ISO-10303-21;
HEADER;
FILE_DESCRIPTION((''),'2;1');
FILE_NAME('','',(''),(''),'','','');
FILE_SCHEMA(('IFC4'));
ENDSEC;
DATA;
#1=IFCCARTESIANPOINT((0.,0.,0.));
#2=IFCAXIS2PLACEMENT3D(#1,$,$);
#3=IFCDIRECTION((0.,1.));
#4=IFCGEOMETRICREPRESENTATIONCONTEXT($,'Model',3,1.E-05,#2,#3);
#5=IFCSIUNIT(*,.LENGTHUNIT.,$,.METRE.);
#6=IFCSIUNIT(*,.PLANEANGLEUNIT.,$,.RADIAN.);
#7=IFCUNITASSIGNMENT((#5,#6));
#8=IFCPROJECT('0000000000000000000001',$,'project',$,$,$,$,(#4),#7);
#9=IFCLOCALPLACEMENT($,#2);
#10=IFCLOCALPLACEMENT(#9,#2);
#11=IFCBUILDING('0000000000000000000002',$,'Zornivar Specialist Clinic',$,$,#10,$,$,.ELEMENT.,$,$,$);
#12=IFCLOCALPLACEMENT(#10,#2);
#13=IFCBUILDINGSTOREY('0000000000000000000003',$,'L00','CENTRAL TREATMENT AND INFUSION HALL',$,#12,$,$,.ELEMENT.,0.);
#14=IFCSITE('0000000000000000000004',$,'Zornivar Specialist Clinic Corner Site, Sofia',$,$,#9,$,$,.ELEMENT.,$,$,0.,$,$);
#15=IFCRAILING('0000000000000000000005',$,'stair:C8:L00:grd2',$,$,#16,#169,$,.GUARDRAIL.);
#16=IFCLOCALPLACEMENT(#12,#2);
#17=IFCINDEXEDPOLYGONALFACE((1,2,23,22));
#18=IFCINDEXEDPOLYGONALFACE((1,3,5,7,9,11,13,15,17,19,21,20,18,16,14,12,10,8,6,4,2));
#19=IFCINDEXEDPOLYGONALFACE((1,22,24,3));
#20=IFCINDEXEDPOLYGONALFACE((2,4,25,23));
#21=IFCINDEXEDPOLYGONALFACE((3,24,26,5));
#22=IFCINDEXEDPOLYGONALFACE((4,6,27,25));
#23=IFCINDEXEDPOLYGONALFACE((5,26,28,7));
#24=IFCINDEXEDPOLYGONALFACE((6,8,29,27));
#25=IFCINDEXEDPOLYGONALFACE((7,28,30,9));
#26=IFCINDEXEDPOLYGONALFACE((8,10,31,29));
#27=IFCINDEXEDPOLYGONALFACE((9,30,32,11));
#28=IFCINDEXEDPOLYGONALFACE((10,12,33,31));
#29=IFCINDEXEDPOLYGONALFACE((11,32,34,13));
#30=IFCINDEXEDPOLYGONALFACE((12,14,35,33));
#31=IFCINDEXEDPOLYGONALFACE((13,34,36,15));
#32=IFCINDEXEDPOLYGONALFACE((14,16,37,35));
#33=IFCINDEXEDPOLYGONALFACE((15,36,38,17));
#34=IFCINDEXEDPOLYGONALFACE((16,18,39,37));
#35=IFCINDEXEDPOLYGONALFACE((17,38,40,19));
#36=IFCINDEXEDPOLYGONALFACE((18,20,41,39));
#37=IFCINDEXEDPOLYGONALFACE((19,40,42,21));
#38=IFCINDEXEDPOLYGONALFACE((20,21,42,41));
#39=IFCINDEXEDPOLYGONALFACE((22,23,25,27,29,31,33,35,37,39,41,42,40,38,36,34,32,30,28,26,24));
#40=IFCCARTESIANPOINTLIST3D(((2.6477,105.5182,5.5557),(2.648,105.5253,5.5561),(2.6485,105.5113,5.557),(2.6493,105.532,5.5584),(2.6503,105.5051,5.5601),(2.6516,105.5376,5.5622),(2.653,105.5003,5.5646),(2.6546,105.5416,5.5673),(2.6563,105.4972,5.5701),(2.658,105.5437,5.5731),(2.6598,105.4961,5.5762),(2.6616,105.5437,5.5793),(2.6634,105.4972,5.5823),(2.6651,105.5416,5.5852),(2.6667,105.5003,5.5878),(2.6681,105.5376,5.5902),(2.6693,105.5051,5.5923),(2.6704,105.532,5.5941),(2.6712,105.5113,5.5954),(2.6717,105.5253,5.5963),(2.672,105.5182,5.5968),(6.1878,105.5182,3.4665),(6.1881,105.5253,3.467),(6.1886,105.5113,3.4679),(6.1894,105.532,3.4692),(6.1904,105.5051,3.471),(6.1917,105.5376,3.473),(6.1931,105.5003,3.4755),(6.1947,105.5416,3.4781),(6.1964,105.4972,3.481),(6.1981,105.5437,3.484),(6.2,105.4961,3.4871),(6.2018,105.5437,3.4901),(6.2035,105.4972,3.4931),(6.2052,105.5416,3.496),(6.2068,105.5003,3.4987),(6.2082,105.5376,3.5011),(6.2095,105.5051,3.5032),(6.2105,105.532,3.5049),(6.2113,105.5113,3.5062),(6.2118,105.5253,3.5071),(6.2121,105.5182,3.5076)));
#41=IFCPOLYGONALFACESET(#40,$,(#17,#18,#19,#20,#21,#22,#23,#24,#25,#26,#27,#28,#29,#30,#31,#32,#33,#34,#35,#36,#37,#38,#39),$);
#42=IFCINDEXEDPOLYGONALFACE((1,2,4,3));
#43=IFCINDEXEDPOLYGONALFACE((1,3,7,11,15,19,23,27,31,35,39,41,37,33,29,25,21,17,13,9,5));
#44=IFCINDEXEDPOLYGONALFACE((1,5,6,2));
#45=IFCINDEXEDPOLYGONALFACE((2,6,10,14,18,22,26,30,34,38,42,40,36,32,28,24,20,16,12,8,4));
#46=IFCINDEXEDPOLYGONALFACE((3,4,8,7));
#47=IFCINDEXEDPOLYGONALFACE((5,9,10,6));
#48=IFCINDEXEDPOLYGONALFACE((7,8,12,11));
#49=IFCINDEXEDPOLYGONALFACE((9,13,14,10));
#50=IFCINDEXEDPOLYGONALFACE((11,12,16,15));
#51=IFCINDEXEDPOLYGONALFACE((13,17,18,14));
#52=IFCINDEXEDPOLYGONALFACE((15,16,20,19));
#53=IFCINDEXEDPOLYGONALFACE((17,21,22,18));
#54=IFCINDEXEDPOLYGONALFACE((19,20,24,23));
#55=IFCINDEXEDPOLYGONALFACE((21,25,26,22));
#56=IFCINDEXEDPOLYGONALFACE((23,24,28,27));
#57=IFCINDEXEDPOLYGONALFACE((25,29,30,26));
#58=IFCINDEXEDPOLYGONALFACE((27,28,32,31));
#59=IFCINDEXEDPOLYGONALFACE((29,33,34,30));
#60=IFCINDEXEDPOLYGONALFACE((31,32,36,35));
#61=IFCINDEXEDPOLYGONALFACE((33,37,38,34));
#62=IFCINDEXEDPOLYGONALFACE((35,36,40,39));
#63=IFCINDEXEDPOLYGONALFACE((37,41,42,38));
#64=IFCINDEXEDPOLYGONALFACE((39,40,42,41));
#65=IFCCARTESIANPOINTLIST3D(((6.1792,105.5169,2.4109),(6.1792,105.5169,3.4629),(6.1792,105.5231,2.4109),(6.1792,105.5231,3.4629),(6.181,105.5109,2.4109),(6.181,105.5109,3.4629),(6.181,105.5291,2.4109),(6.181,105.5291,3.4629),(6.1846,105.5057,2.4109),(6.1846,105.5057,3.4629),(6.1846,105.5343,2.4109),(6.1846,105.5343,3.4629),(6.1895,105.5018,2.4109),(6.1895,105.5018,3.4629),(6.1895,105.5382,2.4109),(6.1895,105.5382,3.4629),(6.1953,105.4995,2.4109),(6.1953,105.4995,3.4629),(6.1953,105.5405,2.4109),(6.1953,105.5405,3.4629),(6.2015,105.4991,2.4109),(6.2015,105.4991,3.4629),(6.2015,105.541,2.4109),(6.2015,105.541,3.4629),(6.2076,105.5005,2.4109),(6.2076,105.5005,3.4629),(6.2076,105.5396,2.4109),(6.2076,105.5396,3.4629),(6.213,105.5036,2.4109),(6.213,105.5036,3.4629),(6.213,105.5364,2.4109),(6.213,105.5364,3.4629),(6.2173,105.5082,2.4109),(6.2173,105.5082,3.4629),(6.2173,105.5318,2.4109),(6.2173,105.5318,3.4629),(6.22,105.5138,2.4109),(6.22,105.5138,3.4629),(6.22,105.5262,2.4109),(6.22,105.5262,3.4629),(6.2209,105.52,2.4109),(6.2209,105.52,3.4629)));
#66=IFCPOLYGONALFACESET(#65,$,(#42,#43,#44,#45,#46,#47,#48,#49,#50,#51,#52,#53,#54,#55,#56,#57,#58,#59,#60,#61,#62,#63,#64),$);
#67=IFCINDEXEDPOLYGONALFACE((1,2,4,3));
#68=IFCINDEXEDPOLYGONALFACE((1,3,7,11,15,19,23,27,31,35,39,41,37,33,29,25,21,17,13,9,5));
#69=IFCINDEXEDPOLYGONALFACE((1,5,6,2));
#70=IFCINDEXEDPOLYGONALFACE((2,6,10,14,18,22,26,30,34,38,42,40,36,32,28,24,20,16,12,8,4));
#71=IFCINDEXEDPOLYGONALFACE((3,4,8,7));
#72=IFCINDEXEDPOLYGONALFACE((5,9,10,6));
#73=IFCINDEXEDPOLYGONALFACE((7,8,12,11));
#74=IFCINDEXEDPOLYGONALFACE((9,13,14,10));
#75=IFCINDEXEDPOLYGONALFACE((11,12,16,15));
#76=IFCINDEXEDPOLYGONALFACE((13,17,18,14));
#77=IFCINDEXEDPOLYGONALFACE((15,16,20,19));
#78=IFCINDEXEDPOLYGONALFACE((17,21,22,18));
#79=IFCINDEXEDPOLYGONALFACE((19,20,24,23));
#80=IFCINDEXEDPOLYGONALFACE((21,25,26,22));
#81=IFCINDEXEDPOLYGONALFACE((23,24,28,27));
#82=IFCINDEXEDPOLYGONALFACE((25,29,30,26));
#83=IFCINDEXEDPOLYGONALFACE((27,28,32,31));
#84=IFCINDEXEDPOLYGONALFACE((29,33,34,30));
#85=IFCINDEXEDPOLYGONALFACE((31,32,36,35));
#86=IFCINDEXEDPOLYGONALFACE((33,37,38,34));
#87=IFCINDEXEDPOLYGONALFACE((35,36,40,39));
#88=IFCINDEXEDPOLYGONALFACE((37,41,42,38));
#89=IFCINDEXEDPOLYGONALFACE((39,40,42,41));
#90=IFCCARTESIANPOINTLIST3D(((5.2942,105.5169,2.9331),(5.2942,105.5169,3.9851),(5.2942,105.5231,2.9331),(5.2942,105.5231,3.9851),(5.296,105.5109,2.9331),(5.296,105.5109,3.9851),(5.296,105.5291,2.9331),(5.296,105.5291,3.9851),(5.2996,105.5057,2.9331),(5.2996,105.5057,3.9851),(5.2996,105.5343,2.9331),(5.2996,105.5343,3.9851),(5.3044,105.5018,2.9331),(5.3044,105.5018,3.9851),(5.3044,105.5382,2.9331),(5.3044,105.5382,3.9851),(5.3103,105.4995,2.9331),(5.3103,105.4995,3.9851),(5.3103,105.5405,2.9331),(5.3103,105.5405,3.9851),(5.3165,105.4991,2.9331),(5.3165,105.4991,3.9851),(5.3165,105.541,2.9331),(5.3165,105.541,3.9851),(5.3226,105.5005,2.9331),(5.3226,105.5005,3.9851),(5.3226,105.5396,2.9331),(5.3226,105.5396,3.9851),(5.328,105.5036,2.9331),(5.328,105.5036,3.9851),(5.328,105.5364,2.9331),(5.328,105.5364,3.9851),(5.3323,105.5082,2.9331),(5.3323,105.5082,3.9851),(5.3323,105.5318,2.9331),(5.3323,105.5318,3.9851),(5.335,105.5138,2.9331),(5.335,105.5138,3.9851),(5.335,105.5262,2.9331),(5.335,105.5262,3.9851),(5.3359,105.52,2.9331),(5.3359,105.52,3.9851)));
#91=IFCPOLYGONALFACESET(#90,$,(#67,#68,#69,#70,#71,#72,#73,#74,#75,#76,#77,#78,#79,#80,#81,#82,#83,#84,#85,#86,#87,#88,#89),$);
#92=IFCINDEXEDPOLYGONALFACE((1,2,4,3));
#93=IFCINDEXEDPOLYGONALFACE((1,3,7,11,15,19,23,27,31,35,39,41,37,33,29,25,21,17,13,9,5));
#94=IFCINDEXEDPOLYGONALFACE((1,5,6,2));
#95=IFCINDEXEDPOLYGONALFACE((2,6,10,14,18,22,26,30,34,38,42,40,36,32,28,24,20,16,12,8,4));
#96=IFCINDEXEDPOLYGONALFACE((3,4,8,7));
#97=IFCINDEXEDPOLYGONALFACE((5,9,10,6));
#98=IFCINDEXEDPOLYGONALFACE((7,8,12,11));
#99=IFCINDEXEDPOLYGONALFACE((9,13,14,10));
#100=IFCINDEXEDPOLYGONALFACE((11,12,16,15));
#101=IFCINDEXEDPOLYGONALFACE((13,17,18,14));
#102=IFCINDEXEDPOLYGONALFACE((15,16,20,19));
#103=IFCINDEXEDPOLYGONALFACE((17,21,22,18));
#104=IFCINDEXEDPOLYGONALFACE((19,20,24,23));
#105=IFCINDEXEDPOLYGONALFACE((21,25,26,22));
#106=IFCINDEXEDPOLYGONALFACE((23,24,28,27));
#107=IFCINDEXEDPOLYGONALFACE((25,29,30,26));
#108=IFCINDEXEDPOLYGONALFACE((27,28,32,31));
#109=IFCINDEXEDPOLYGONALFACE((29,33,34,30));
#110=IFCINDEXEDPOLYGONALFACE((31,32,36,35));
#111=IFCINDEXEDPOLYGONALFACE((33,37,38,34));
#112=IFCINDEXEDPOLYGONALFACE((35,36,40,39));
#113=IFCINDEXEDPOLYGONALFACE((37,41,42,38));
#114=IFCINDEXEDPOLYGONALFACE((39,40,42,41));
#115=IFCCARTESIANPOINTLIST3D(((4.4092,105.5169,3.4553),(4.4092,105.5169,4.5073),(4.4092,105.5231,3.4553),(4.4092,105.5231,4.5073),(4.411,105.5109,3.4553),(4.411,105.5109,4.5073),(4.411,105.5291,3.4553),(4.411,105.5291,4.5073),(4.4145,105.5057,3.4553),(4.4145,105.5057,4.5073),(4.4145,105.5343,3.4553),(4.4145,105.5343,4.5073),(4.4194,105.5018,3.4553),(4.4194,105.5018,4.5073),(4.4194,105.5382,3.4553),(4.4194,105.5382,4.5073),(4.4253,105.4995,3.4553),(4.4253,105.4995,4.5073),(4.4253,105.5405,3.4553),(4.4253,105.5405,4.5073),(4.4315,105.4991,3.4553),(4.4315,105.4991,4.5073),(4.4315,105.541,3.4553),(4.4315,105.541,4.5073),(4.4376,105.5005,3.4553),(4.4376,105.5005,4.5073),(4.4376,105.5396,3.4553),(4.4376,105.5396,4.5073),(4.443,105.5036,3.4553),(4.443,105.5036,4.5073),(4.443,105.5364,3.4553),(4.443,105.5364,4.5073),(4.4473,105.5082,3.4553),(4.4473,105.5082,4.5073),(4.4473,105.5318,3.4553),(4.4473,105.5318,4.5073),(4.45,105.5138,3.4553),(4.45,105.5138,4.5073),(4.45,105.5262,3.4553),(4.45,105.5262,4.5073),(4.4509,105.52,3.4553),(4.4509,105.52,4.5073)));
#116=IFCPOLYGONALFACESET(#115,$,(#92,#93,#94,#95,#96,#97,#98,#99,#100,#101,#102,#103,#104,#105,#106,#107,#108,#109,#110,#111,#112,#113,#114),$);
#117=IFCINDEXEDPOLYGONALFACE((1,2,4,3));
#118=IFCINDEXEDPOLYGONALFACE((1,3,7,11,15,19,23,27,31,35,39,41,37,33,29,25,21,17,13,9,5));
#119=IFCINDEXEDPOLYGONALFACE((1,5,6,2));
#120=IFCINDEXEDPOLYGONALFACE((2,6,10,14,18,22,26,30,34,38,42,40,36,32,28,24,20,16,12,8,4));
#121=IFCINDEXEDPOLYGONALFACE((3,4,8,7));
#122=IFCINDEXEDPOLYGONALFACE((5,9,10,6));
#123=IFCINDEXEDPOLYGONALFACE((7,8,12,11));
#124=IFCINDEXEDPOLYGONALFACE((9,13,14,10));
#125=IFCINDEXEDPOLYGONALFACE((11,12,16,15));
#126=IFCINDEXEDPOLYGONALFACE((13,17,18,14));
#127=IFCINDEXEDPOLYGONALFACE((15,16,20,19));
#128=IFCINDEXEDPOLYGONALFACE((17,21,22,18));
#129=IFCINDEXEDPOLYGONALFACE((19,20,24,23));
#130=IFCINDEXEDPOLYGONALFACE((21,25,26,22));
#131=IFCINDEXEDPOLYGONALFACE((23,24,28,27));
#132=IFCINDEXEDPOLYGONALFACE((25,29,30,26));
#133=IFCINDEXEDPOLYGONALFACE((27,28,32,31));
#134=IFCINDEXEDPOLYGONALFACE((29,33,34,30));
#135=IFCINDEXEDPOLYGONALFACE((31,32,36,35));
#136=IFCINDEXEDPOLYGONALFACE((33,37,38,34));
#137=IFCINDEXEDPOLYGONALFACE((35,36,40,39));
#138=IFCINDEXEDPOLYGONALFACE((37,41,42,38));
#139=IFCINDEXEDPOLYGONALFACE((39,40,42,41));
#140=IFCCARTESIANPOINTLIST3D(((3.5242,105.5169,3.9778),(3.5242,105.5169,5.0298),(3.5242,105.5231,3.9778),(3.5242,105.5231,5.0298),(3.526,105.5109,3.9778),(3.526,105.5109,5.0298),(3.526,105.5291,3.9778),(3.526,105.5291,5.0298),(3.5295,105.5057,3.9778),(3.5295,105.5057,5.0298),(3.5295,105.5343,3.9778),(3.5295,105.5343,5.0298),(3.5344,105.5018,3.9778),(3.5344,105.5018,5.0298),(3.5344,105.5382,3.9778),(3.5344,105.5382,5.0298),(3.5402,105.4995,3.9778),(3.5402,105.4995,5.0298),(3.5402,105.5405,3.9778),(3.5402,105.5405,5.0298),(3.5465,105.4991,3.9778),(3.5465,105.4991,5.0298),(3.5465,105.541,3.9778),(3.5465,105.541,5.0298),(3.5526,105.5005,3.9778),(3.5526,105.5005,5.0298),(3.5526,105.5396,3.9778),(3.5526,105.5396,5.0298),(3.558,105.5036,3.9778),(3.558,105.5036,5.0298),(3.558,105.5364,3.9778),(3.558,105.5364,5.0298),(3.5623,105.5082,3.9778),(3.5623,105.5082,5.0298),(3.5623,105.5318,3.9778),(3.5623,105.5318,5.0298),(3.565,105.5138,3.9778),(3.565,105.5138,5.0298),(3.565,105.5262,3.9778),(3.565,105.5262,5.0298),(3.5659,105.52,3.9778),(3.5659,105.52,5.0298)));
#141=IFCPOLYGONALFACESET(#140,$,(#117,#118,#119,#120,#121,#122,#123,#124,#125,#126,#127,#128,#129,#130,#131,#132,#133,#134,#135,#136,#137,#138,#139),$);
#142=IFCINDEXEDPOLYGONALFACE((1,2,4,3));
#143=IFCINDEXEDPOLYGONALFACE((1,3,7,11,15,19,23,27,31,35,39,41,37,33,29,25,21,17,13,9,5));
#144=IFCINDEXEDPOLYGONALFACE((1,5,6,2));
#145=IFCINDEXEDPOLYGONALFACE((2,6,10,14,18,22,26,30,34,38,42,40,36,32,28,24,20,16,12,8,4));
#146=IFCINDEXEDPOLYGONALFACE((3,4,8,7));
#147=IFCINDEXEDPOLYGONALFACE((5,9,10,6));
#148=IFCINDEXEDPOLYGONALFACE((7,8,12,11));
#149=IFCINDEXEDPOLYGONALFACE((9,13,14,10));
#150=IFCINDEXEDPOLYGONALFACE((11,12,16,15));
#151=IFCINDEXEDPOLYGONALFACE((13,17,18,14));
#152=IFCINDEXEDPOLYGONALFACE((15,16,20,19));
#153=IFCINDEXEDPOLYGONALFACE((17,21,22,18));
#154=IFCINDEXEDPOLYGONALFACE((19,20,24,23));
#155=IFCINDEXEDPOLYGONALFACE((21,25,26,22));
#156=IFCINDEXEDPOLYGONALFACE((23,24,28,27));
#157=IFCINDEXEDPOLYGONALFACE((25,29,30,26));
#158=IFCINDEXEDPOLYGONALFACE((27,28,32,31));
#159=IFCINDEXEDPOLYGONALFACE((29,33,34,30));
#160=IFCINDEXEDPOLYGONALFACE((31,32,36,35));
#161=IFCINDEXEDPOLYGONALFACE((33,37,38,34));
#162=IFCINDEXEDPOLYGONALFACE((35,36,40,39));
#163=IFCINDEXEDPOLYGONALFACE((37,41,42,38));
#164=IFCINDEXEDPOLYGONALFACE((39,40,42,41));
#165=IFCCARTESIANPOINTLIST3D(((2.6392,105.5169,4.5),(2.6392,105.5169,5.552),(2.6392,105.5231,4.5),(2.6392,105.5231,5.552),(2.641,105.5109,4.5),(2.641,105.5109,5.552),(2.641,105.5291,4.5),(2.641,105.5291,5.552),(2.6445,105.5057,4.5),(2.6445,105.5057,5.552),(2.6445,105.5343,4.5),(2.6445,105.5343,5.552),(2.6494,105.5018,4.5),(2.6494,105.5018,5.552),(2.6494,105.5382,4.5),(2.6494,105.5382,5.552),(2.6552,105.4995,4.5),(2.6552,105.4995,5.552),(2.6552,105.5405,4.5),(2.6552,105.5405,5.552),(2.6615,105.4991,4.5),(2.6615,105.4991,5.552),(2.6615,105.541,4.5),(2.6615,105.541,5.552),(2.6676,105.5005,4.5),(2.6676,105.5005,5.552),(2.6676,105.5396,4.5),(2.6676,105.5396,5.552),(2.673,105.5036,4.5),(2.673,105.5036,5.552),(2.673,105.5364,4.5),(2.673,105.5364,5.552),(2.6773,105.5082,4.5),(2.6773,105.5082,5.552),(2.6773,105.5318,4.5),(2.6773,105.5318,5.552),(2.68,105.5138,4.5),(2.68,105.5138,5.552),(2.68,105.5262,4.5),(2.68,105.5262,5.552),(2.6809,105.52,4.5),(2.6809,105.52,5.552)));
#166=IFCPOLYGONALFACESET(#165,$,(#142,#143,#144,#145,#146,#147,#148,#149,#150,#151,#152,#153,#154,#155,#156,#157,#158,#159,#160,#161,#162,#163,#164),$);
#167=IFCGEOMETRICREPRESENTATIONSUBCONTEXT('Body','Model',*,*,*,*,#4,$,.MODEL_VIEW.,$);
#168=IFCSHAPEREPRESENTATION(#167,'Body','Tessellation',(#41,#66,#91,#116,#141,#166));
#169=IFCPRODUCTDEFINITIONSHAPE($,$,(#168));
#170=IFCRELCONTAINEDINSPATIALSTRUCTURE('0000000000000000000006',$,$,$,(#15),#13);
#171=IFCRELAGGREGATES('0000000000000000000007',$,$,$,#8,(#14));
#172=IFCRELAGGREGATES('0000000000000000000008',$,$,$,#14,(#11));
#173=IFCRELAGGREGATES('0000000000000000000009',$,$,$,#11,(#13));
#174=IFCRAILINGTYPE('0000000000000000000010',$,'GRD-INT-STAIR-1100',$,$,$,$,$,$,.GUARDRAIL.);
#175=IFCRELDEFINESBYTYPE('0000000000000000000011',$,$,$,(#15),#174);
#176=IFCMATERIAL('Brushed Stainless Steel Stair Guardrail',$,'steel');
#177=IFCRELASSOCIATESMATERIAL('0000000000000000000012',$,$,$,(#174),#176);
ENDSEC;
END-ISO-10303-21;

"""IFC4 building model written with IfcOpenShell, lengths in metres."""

from ifc_helpers import new_model, si_unit, direction, frame, origin, origin_2d, place, context, subcontext, project, spatial, circle, extrude, material, type_object, element, save


model = new_model("IFC4")

# Units and contexts
model_context = context("Model", 3, precision=1e-05, world=origin(), true_north=direction((0.0, 1.0)))
body_context = subcontext(model_context, "Body", "Model", "MODEL_VIEW")
ifc_project = project(units=[si_unit("LENGTHUNIT", "METRE"), si_unit("PLANEANGLEUNIT", "RADIAN")], contexts=[model_context])

# Site, building, storey
site_placement = place(None, origin())
site = spatial("IfcSite", under=ifc_project, at=site_placement, Name="Zornivar Specialist Clinic Corner Site, Sofia", CompositionType="ELEMENT", RefElevation=0.0)
building_placement = place(site_placement, origin())
building = spatial("IfcBuilding", under=site, at=building_placement, Name="Zornivar Specialist Clinic", CompositionType="ELEMENT")
storey_placement = place(building_placement, origin())
storey = spatial("IfcBuildingStorey", under=building, at=storey_placement, Name="L00", Description="CENTRAL TREATMENT AND INFUSION HALL", CompositionType="ELEMENT", Elevation=0.0)

# Railing
ifc_material_1 = material(Name="Brushed Stainless Steel Stair Guardrail", Category="steel")
railing_type_1 = type_object("IfcRailingType", Name="GRD-INT-STAIR-1100", PredefinedType="GUARDRAIL", material=ifc_material_1)
railing_1_placement = place(storey_placement, frame((6.2, 105.52, 2.4109)))
element("IfcRailing", 1, at=railing_1_placement, inside=storey, type_object=railing_type_1, Name="stair:C8:L00:grd2", PredefinedType="GUARDRAIL", context=body_context, shape_type="SweptSolid", body=[
    extrude(circle(Radius=0.0239, at=origin_2d()), frame((0.0, 0.0, 1.0762), z_axis=(-0.861217, 0.0, 0.508237), x_axis=(0.0, -1.0, 0.0)), (0.0, 0.0, 1.0), 4.1106),
    extrude(circle(Radius=0.021, at=origin_2d()), origin(), (0.0, 0.0, 1.0), 1.052),
    extrude(circle(Radius=0.021, at=origin_2d()), frame((-0.885, 0.0, 0.5222)), (0.0, 0.0, 1.0), 1.052),
    extrude(circle(Radius=0.021, at=origin_2d()), frame((-1.77, 0.0, 1.0444)), (0.0, 0.0, 1.0), 1.052),
    extrude(circle(Radius=0.021, at=origin_2d()), frame((-2.655, 0.0, 1.5669)), (0.0, 0.0, 1.0), 1.052),
    extrude(circle(Radius=0.021, at=origin_2d()), frame((-3.54, 0.0, 2.0891)), (0.0, 0.0, 1.0), 1.052),
])

save(model, "model.ifc")
